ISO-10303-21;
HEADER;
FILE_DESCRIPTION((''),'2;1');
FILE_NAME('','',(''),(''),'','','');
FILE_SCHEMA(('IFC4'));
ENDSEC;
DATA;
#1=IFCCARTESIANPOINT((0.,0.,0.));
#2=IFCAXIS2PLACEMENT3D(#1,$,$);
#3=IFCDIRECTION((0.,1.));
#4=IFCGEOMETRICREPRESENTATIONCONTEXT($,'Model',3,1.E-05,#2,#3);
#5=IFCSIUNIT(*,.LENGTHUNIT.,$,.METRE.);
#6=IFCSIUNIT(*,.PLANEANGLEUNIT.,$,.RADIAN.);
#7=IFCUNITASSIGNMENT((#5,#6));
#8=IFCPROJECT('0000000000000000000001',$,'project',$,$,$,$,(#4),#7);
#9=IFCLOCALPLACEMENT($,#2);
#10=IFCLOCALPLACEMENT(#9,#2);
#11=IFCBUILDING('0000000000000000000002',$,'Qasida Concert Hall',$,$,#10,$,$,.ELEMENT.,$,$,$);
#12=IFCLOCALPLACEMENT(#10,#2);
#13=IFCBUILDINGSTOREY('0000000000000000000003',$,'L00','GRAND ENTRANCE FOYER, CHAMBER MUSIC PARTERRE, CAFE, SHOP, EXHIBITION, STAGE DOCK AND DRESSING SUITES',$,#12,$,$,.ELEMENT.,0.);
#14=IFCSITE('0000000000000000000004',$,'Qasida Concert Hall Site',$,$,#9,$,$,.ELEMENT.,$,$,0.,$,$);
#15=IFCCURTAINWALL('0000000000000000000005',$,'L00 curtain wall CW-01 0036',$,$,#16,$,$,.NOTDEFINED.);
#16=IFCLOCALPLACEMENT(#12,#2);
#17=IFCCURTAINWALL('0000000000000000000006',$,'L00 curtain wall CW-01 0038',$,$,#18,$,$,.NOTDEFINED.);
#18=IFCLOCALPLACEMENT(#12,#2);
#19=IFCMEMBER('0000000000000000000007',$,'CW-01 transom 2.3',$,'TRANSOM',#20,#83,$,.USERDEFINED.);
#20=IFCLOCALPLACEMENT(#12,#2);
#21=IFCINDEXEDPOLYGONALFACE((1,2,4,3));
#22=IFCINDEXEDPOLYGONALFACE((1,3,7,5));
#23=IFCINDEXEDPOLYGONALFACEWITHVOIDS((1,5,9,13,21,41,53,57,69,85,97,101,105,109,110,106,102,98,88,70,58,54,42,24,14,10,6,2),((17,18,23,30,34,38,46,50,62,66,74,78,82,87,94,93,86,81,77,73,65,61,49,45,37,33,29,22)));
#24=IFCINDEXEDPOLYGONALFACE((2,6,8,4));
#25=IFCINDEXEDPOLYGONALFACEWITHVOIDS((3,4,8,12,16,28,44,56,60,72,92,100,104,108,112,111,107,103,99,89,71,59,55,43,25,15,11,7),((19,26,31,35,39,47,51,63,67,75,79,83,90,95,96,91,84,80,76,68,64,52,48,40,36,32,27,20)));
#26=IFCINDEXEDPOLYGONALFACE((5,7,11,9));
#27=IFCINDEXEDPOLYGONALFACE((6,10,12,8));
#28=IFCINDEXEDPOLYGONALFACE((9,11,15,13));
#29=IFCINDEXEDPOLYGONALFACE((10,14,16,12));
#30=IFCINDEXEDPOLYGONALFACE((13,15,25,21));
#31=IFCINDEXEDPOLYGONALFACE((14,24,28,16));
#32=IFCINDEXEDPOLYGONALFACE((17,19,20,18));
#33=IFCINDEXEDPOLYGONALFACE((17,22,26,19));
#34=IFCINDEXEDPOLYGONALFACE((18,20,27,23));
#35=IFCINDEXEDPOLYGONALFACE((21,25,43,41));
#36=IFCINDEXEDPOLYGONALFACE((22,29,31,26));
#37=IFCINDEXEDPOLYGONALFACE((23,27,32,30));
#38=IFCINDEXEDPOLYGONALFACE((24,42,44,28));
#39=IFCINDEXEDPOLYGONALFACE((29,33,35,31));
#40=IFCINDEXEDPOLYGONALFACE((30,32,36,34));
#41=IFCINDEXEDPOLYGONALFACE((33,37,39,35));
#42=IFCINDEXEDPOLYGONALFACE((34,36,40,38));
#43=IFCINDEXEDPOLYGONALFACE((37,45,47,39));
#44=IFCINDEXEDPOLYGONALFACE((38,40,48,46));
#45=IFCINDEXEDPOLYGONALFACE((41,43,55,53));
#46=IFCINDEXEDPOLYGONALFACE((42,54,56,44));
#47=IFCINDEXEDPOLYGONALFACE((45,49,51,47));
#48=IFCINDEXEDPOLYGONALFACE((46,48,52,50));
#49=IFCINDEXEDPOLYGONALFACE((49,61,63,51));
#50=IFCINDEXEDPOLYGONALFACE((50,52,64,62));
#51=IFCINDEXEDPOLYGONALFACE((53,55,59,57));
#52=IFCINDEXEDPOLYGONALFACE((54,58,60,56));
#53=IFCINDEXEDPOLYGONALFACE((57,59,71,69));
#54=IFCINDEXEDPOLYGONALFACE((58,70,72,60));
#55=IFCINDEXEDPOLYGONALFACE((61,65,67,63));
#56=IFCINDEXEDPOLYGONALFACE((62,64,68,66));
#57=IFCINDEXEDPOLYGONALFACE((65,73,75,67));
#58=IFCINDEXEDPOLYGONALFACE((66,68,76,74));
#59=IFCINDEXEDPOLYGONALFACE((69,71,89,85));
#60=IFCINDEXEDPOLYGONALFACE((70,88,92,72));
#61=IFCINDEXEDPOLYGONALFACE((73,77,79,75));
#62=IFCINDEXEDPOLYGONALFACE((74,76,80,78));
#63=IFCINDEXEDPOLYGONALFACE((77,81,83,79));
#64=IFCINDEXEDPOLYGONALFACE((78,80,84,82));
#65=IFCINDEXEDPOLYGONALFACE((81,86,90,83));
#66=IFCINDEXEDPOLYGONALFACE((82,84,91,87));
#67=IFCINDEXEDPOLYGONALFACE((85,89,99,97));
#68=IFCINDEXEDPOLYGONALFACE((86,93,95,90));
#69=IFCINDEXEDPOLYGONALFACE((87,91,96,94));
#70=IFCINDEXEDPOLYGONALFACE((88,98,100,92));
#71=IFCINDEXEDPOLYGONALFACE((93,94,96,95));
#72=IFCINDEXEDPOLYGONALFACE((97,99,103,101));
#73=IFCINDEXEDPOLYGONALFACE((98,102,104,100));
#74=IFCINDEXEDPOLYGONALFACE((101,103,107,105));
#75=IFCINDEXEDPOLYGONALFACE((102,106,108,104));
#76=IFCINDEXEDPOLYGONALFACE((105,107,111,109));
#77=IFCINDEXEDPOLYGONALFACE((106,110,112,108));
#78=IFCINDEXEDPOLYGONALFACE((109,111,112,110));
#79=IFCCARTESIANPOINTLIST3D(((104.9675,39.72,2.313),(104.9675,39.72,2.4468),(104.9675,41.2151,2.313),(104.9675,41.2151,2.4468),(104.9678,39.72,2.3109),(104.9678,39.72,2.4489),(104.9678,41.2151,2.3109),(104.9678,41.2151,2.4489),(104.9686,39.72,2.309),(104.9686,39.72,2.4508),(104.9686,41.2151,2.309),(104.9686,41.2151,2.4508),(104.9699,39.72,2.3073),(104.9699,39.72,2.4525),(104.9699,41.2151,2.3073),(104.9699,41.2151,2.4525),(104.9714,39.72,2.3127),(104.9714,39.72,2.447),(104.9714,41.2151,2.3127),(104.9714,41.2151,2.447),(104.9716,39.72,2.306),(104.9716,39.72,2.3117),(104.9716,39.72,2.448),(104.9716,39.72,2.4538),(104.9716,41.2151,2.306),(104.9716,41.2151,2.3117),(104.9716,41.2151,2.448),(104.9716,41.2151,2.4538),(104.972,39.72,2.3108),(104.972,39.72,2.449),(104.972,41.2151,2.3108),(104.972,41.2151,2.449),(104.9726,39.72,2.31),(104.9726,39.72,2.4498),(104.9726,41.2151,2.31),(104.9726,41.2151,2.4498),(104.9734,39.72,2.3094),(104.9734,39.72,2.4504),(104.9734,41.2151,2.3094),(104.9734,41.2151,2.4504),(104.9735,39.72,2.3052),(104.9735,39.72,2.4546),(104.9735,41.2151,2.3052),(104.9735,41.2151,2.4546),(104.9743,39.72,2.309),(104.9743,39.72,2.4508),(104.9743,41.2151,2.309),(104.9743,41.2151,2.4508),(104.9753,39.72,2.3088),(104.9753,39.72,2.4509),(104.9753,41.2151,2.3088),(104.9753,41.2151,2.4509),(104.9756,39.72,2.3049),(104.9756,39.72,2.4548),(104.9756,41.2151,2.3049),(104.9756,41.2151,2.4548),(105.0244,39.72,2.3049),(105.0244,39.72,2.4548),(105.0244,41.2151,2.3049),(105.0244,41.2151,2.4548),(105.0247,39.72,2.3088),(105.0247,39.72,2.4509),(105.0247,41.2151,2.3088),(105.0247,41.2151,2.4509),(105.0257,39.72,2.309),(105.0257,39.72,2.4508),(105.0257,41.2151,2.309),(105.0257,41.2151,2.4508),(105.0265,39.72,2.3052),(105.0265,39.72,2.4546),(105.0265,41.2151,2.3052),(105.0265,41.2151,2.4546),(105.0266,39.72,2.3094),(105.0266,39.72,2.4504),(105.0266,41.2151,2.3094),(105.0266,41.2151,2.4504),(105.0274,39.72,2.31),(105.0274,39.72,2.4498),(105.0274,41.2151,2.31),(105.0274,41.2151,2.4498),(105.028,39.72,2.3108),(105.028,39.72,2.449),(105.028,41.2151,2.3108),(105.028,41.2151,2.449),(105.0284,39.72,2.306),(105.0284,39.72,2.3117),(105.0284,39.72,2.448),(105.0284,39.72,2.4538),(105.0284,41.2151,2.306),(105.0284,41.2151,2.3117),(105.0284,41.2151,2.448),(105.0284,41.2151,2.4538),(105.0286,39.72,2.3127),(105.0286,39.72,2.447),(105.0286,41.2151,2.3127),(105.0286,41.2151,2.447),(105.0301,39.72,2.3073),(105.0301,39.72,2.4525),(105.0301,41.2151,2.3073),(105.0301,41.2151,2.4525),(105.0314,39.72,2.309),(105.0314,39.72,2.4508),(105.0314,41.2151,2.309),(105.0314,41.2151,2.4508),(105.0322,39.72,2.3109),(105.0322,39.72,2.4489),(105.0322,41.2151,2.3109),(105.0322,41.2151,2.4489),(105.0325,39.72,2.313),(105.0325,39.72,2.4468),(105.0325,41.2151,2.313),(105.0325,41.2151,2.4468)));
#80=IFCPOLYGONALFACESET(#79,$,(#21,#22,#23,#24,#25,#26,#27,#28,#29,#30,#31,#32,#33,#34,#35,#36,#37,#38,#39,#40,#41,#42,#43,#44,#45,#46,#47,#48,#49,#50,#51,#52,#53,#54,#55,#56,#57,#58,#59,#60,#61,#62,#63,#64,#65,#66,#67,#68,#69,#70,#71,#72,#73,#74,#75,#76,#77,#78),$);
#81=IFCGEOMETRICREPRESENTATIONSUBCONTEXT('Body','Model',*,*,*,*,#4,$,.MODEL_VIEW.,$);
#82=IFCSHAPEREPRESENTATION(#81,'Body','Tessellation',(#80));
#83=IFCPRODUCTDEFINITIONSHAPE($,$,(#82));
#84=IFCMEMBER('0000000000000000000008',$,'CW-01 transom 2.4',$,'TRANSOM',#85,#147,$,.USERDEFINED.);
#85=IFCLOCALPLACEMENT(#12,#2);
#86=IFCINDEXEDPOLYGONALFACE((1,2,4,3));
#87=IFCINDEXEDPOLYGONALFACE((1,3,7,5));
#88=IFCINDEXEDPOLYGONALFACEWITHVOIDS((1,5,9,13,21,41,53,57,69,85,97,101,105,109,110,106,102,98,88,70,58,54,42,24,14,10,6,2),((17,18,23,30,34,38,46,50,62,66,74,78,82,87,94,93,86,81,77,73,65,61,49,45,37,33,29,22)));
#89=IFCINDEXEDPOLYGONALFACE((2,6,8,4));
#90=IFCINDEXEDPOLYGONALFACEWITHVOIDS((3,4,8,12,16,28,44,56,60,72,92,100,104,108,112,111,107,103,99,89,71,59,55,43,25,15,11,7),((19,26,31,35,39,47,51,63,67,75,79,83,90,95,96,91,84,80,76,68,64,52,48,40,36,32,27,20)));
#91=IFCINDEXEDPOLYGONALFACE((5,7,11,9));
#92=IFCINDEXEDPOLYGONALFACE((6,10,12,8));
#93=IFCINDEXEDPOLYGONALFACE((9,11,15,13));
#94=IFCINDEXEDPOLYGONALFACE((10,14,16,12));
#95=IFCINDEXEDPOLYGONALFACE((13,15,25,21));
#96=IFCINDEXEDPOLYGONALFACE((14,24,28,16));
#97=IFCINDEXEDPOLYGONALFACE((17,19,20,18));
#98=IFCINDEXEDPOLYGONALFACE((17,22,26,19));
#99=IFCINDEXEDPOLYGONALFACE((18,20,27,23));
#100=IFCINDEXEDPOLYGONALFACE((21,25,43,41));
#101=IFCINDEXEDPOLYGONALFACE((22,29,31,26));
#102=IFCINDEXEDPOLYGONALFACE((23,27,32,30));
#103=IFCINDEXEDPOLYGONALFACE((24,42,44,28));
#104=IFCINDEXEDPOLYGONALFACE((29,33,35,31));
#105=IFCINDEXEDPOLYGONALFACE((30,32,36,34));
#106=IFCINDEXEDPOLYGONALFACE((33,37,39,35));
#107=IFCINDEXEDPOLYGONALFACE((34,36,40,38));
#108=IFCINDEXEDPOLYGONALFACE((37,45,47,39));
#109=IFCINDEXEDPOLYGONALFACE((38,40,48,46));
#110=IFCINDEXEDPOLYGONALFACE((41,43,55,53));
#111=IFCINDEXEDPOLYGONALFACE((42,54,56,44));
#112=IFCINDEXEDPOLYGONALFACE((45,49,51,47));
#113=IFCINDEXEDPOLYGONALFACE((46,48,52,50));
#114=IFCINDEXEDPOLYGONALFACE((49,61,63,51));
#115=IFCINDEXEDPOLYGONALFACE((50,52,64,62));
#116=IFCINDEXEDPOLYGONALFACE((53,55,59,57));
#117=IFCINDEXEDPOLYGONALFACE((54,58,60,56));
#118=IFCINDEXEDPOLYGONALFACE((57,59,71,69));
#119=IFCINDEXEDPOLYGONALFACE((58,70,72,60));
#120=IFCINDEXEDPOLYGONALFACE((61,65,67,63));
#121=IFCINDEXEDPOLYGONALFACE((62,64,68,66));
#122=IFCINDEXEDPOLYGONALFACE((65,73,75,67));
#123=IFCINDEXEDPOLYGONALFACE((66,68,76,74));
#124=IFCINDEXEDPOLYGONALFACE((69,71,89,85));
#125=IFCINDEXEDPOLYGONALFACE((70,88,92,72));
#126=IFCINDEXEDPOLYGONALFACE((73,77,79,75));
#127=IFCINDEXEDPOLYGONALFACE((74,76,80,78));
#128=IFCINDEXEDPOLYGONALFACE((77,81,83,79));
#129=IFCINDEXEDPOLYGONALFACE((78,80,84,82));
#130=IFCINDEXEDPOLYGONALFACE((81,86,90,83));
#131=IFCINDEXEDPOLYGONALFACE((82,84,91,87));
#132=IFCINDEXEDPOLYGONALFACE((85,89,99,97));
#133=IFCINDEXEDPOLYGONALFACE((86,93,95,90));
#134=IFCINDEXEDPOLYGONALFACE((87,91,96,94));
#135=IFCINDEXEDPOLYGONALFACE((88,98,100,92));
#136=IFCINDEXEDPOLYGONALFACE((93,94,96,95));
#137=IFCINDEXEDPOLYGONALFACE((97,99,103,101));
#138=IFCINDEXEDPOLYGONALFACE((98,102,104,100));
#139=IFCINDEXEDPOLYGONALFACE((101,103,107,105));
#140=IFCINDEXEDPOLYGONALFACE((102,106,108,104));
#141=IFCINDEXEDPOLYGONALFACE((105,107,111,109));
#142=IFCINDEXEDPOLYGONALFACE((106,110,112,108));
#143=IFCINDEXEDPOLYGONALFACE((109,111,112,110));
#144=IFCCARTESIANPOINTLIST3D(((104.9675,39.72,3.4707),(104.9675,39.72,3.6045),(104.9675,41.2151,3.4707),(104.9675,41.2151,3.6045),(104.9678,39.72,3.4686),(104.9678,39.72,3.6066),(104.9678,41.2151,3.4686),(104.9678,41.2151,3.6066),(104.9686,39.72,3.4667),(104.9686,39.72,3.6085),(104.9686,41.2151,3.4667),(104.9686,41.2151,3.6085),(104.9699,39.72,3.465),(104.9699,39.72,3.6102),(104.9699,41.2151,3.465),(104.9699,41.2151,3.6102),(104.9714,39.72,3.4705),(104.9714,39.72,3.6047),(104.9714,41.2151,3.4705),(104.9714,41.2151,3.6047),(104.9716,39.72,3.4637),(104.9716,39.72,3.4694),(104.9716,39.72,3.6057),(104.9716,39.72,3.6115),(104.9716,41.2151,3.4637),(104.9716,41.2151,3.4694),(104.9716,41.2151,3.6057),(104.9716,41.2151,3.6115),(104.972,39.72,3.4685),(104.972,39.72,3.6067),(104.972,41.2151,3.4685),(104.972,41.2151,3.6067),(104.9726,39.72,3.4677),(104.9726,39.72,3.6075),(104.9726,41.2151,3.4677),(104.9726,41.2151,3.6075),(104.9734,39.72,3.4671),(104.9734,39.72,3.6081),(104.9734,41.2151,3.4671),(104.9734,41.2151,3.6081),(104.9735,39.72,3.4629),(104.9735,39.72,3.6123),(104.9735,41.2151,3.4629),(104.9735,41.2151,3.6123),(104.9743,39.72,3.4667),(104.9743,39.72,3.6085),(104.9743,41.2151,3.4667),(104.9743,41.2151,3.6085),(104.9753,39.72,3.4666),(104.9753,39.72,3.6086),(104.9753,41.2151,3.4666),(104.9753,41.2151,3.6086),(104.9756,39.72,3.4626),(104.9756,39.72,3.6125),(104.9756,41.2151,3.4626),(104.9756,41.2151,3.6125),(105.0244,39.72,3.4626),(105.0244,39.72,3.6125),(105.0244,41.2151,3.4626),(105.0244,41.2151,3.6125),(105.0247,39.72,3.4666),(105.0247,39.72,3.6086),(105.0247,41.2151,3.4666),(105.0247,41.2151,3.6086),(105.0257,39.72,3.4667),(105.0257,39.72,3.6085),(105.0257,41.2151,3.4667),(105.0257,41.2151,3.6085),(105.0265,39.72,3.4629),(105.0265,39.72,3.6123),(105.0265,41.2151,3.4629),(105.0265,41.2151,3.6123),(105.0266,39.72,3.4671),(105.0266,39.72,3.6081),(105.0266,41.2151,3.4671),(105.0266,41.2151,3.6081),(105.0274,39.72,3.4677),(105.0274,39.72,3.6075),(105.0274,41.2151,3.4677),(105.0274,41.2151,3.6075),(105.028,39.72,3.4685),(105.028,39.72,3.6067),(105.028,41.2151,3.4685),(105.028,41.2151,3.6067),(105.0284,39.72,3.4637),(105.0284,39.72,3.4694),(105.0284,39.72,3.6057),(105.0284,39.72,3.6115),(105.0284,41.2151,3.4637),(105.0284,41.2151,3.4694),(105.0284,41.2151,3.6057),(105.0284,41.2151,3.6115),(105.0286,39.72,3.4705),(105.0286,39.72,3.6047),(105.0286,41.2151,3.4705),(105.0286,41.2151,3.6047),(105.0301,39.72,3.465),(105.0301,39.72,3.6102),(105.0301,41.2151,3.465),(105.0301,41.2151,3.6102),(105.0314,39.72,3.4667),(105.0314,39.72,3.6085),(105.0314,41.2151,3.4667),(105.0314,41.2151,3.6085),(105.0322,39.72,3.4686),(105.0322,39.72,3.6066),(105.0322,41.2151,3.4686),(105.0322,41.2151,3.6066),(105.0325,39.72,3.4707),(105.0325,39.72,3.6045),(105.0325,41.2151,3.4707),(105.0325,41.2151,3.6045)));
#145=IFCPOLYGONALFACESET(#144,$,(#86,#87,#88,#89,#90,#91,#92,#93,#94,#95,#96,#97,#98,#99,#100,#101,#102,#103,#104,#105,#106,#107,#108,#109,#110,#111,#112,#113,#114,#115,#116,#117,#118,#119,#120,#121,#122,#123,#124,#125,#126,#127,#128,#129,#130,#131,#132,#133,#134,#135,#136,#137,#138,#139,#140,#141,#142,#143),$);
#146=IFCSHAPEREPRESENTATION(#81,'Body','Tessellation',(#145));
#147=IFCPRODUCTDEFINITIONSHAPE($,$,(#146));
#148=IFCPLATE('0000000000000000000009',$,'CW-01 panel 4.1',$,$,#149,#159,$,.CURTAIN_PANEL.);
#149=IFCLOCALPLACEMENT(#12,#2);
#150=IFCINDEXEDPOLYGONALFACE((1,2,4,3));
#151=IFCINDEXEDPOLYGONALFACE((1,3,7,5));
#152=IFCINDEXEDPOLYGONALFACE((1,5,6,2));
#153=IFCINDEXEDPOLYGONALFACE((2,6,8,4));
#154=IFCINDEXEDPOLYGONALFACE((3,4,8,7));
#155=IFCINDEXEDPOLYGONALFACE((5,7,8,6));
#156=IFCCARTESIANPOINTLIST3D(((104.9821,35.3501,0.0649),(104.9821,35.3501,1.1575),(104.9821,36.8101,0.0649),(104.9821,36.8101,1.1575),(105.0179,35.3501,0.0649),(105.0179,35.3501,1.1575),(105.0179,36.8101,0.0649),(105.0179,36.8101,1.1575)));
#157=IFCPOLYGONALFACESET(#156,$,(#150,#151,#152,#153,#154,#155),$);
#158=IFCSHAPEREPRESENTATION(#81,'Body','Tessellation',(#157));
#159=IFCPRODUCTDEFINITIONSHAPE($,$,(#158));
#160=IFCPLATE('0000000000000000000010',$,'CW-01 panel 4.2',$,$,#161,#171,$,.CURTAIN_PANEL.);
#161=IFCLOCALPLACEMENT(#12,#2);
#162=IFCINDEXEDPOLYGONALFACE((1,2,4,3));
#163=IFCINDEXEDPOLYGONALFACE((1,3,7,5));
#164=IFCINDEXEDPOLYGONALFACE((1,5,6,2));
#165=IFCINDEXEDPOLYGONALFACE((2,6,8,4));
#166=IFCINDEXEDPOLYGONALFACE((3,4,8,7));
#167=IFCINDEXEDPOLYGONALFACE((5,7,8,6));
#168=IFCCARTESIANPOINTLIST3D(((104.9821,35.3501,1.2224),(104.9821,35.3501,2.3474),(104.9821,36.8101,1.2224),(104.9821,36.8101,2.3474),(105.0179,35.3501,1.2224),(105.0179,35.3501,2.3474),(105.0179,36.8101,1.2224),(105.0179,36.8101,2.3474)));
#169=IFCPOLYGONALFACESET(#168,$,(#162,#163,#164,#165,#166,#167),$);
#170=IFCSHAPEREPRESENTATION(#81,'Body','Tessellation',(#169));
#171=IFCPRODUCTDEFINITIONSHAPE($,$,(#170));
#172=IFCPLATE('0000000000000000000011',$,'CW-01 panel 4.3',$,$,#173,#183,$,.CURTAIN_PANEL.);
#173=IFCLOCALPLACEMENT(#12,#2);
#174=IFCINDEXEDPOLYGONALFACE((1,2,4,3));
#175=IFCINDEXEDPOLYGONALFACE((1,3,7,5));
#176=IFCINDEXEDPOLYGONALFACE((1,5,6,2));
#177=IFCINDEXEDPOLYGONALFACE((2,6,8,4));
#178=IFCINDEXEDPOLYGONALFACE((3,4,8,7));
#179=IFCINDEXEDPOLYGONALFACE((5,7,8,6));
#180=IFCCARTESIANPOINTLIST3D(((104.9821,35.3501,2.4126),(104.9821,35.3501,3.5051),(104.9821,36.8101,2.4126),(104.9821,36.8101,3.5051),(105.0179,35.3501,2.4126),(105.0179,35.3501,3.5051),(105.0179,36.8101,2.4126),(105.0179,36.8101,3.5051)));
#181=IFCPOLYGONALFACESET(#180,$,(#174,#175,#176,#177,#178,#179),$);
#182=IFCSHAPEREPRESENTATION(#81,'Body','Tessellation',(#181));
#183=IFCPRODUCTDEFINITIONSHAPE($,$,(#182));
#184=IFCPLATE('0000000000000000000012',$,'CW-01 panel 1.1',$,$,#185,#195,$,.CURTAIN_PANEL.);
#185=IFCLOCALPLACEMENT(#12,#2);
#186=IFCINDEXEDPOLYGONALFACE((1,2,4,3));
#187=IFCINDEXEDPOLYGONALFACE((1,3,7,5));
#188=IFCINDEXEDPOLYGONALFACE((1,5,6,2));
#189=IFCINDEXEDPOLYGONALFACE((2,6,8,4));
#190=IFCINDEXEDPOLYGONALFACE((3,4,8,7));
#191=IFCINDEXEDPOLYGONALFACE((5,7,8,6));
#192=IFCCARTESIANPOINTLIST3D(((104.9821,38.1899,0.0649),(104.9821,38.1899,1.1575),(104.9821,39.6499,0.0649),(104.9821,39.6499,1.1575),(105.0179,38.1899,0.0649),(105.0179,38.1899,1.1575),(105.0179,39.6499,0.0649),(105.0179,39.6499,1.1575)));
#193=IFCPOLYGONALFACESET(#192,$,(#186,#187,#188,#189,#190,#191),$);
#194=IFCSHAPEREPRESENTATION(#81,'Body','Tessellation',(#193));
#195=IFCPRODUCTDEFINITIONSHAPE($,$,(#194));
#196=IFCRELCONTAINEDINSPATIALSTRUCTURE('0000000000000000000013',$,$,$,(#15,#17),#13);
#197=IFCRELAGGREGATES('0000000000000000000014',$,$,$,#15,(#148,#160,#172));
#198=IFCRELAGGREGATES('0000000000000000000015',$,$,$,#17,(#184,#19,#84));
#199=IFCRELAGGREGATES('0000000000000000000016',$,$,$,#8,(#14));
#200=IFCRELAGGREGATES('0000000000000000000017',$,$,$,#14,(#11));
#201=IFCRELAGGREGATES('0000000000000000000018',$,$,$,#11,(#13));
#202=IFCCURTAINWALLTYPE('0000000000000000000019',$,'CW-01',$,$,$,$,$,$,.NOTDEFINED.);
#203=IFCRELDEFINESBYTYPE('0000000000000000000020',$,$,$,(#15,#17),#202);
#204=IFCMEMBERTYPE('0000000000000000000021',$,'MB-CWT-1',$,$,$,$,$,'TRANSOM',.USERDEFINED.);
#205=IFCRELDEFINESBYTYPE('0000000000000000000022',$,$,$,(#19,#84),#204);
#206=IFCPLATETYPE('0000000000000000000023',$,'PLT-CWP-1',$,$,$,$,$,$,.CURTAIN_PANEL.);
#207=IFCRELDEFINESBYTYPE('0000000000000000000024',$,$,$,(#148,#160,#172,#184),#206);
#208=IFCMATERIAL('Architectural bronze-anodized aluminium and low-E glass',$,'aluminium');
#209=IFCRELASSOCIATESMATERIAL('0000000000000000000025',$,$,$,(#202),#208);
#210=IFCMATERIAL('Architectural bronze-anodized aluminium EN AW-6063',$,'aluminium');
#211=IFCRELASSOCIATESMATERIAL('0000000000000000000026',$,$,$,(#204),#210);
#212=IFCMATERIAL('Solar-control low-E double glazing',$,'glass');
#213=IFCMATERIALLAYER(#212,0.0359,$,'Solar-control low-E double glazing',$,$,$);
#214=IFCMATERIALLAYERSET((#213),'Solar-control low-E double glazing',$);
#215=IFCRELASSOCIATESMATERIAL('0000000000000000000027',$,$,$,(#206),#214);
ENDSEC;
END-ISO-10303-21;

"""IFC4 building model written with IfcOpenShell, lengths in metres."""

from ifc_helpers import new_model, si_unit, direction, frame, origin, origin_2d, place, context, subcontext, project, spatial, rectangle, hollow_rectangle, extrude, material, layer, layer_set, material_profile, profile_set, type_object, element, aggregate, save


model = new_model("IFC4")

# Units and contexts
model_context = context("Model", 3, precision=1e-05, world=origin(), true_north=direction((0.0, 1.0)))
body_context = subcontext(model_context, "Body", "Model", "MODEL_VIEW")
ifc_project = project(units=[si_unit("LENGTHUNIT", "METRE"), si_unit("PLANEANGLEUNIT", "RADIAN")], contexts=[model_context])

# Site, building, storey
site_placement = place(None, origin())
site = spatial("IfcSite", under=ifc_project, at=site_placement, Name="Qasida Concert Hall Site", CompositionType="ELEMENT", RefElevation=0.0)
building_placement = place(site_placement, origin())
building = spatial("IfcBuilding", under=site, at=building_placement, Name="Qasida Concert Hall", CompositionType="ELEMENT")
storey_placement = place(building_placement, origin())
storey = spatial("IfcBuildingStorey", under=building, at=storey_placement, Name="L00", Description="GRAND ENTRANCE FOYER, CHAMBER MUSIC PARTERRE, CAFE, SHOP, EXHIBITION, STAGE DOCK AND DRESSING SUITES", CompositionType="ELEMENT", Elevation=0.0)

# Curtain wall
ifc_material_1 = material(Name="Architectural bronze-anodized aluminium and low-E glass", Category="aluminium")
curtain_wall_type = type_object("IfcCurtainWallType", Name="CW-01", PredefinedType="NOTDEFINED", material=ifc_material_1)
curtain_wall_1_placement = place(storey_placement, origin())
curtain_wall_1 = element("IfcCurtainWall", 1, at=curtain_wall_1_placement, inside=storey, type_object=curtain_wall_type, Name="L00 curtain wall CW-01 0036", PredefinedType="NOTDEFINED")
ifc_material_2 = material(Name="Architectural bronze-anodized aluminium EN AW-6063", Category="aluminium")

# Curtain wall
curtain_wall_2_placement = place(storey_placement, origin())
curtain_wall_2 = element("IfcCurtainWall", 2, at=curtain_wall_2_placement, inside=storey, type_object=curtain_wall_type, Name="L00 curtain wall CW-01 0038", PredefinedType="NOTDEFINED")

# Members
ifc_material_profile_1 = material_profile(ifc_material_2, hollow_rectangle(XDim=0.0649, YDim=0.1499, WallThickness=0.0039, InnerFilletRadius=0.0039, OuterFilletRadius=0.0081, at=origin_2d()), Name="CWT 150x65x4")
ifc_profile_set_1 = profile_set([ifc_material_profile_1], Name="Architectural bronze-anodized aluminium EN AW-6063")
member_type_1 = type_object("IfcMemberType", Name="MB-CWT-1", ElementType="TRANSOM", PredefinedType="USERDEFINED", material=ifc_profile_set_1)
member_1_placement = place(storey_placement, frame((105.0, 39.72, 2.3799), z_axis=(0.0, 1.0, 0.0), x_axis=(-1.0, 0.0, 0.0)))
member_1 = element("IfcMember", 3, at=member_1_placement, type_object=member_type_1, Name="CW-01 transom 2.3", ObjectType="TRANSOM", PredefinedType="USERDEFINED", context=body_context, shape_type="SweptSolid", body=[
    extrude(hollow_rectangle(XDim=0.0649, YDim=0.1499, WallThickness=0.0039, InnerFilletRadius=0.0039, OuterFilletRadius=0.0081, at=origin_2d()), origin(), (0.0, 0.0, 1.0), 1.4951),
])
member_2_placement = place(storey_placement, frame((105.0, 39.72, 3.5376), z_axis=(0.0, 1.0, 0.0), x_axis=(-1.0, 0.0, 0.0)))
member_2 = element("IfcMember", 4, at=member_2_placement, type_object=member_type_1, Name="CW-01 transom 2.4", ObjectType="TRANSOM", PredefinedType="USERDEFINED", context=body_context, shape_type="SweptSolid", body=[
    extrude(hollow_rectangle(XDim=0.0649, YDim=0.1499, WallThickness=0.0039, InnerFilletRadius=0.0039, OuterFilletRadius=0.0081, at=origin_2d()), origin(), (0.0, 0.0, 1.0), 1.4951),
])

# Plates
ifc_material_3 = material(Name="Solar-control low-E double glazing", Category="glass")
ifc_layer_1 = layer(ifc_material_3, 0.0359, Name="Solar-control low-E double glazing")
ifc_layer_set_1 = layer_set([ifc_layer_1], Name="Solar-control low-E double glazing")
plate_type = type_object("IfcPlateType", Name="PLT-CWP-1", PredefinedType="CURTAIN_PANEL", material=ifc_layer_set_1)
plate_1_placement = place(storey_placement, frame((105.0, 36.0801, 0.0649), z_axis=(0.0, 0.0, 1.0), x_axis=(0.0, 1.0, 0.0)))
plate_1 = element("IfcPlate", 5, at=plate_1_placement, type_object=plate_type, Name="CW-01 panel 4.1", PredefinedType="CURTAIN_PANEL", context=body_context, shape_type="SweptSolid", body=[
    extrude(rectangle(XDim=1.46, YDim=0.0359, at=origin_2d()), origin(), (0.0, 0.0, 1.0), 1.0925),
])
plate_2_placement = place(storey_placement, frame((105.0, 36.0801, 1.2224), z_axis=(0.0, 0.0, 1.0), x_axis=(0.0, 1.0, 0.0)))
plate_2 = element("IfcPlate", 6, at=plate_2_placement, type_object=plate_type, Name="CW-01 panel 4.2", PredefinedType="CURTAIN_PANEL", context=body_context, shape_type="SweptSolid", body=[
    extrude(rectangle(XDim=1.46, YDim=0.0359, at=origin_2d()), origin(), (0.0, 0.0, 1.0), 1.125),
])
plate_3_placement = place(storey_placement, frame((105.0, 36.0801, 2.4126), z_axis=(0.0, 0.0, 1.0), x_axis=(0.0, 1.0, 0.0)))
plate_3 = element("IfcPlate", 7, at=plate_3_placement, type_object=plate_type, Name="CW-01 panel 4.3", PredefinedType="CURTAIN_PANEL", context=body_context, shape_type="SweptSolid", body=[
    extrude(rectangle(XDim=1.46, YDim=0.0359, at=origin_2d()), origin(), (0.0, 0.0, 1.0), 1.0925),
])
aggregate(curtain_wall_1, [plate_1, plate_2, plate_3])
plate_4_placement = place(storey_placement, frame((105.0, 38.9199, 0.0649), z_axis=(0.0, 0.0, 1.0), x_axis=(0.0, 1.0, 0.0)))
plate_4 = element("IfcPlate", 8, at=plate_4_placement, type_object=plate_type, Name="CW-01 panel 1.1", PredefinedType="CURTAIN_PANEL", context=body_context, shape_type="SweptSolid", body=[
    extrude(rectangle(XDim=1.46, YDim=0.0359, at=origin_2d()), origin(), (0.0, 0.0, 1.0), 1.0925),
])
aggregate(curtain_wall_2, [plate_4, member_1, member_2])

save(model, "model.ifc")
